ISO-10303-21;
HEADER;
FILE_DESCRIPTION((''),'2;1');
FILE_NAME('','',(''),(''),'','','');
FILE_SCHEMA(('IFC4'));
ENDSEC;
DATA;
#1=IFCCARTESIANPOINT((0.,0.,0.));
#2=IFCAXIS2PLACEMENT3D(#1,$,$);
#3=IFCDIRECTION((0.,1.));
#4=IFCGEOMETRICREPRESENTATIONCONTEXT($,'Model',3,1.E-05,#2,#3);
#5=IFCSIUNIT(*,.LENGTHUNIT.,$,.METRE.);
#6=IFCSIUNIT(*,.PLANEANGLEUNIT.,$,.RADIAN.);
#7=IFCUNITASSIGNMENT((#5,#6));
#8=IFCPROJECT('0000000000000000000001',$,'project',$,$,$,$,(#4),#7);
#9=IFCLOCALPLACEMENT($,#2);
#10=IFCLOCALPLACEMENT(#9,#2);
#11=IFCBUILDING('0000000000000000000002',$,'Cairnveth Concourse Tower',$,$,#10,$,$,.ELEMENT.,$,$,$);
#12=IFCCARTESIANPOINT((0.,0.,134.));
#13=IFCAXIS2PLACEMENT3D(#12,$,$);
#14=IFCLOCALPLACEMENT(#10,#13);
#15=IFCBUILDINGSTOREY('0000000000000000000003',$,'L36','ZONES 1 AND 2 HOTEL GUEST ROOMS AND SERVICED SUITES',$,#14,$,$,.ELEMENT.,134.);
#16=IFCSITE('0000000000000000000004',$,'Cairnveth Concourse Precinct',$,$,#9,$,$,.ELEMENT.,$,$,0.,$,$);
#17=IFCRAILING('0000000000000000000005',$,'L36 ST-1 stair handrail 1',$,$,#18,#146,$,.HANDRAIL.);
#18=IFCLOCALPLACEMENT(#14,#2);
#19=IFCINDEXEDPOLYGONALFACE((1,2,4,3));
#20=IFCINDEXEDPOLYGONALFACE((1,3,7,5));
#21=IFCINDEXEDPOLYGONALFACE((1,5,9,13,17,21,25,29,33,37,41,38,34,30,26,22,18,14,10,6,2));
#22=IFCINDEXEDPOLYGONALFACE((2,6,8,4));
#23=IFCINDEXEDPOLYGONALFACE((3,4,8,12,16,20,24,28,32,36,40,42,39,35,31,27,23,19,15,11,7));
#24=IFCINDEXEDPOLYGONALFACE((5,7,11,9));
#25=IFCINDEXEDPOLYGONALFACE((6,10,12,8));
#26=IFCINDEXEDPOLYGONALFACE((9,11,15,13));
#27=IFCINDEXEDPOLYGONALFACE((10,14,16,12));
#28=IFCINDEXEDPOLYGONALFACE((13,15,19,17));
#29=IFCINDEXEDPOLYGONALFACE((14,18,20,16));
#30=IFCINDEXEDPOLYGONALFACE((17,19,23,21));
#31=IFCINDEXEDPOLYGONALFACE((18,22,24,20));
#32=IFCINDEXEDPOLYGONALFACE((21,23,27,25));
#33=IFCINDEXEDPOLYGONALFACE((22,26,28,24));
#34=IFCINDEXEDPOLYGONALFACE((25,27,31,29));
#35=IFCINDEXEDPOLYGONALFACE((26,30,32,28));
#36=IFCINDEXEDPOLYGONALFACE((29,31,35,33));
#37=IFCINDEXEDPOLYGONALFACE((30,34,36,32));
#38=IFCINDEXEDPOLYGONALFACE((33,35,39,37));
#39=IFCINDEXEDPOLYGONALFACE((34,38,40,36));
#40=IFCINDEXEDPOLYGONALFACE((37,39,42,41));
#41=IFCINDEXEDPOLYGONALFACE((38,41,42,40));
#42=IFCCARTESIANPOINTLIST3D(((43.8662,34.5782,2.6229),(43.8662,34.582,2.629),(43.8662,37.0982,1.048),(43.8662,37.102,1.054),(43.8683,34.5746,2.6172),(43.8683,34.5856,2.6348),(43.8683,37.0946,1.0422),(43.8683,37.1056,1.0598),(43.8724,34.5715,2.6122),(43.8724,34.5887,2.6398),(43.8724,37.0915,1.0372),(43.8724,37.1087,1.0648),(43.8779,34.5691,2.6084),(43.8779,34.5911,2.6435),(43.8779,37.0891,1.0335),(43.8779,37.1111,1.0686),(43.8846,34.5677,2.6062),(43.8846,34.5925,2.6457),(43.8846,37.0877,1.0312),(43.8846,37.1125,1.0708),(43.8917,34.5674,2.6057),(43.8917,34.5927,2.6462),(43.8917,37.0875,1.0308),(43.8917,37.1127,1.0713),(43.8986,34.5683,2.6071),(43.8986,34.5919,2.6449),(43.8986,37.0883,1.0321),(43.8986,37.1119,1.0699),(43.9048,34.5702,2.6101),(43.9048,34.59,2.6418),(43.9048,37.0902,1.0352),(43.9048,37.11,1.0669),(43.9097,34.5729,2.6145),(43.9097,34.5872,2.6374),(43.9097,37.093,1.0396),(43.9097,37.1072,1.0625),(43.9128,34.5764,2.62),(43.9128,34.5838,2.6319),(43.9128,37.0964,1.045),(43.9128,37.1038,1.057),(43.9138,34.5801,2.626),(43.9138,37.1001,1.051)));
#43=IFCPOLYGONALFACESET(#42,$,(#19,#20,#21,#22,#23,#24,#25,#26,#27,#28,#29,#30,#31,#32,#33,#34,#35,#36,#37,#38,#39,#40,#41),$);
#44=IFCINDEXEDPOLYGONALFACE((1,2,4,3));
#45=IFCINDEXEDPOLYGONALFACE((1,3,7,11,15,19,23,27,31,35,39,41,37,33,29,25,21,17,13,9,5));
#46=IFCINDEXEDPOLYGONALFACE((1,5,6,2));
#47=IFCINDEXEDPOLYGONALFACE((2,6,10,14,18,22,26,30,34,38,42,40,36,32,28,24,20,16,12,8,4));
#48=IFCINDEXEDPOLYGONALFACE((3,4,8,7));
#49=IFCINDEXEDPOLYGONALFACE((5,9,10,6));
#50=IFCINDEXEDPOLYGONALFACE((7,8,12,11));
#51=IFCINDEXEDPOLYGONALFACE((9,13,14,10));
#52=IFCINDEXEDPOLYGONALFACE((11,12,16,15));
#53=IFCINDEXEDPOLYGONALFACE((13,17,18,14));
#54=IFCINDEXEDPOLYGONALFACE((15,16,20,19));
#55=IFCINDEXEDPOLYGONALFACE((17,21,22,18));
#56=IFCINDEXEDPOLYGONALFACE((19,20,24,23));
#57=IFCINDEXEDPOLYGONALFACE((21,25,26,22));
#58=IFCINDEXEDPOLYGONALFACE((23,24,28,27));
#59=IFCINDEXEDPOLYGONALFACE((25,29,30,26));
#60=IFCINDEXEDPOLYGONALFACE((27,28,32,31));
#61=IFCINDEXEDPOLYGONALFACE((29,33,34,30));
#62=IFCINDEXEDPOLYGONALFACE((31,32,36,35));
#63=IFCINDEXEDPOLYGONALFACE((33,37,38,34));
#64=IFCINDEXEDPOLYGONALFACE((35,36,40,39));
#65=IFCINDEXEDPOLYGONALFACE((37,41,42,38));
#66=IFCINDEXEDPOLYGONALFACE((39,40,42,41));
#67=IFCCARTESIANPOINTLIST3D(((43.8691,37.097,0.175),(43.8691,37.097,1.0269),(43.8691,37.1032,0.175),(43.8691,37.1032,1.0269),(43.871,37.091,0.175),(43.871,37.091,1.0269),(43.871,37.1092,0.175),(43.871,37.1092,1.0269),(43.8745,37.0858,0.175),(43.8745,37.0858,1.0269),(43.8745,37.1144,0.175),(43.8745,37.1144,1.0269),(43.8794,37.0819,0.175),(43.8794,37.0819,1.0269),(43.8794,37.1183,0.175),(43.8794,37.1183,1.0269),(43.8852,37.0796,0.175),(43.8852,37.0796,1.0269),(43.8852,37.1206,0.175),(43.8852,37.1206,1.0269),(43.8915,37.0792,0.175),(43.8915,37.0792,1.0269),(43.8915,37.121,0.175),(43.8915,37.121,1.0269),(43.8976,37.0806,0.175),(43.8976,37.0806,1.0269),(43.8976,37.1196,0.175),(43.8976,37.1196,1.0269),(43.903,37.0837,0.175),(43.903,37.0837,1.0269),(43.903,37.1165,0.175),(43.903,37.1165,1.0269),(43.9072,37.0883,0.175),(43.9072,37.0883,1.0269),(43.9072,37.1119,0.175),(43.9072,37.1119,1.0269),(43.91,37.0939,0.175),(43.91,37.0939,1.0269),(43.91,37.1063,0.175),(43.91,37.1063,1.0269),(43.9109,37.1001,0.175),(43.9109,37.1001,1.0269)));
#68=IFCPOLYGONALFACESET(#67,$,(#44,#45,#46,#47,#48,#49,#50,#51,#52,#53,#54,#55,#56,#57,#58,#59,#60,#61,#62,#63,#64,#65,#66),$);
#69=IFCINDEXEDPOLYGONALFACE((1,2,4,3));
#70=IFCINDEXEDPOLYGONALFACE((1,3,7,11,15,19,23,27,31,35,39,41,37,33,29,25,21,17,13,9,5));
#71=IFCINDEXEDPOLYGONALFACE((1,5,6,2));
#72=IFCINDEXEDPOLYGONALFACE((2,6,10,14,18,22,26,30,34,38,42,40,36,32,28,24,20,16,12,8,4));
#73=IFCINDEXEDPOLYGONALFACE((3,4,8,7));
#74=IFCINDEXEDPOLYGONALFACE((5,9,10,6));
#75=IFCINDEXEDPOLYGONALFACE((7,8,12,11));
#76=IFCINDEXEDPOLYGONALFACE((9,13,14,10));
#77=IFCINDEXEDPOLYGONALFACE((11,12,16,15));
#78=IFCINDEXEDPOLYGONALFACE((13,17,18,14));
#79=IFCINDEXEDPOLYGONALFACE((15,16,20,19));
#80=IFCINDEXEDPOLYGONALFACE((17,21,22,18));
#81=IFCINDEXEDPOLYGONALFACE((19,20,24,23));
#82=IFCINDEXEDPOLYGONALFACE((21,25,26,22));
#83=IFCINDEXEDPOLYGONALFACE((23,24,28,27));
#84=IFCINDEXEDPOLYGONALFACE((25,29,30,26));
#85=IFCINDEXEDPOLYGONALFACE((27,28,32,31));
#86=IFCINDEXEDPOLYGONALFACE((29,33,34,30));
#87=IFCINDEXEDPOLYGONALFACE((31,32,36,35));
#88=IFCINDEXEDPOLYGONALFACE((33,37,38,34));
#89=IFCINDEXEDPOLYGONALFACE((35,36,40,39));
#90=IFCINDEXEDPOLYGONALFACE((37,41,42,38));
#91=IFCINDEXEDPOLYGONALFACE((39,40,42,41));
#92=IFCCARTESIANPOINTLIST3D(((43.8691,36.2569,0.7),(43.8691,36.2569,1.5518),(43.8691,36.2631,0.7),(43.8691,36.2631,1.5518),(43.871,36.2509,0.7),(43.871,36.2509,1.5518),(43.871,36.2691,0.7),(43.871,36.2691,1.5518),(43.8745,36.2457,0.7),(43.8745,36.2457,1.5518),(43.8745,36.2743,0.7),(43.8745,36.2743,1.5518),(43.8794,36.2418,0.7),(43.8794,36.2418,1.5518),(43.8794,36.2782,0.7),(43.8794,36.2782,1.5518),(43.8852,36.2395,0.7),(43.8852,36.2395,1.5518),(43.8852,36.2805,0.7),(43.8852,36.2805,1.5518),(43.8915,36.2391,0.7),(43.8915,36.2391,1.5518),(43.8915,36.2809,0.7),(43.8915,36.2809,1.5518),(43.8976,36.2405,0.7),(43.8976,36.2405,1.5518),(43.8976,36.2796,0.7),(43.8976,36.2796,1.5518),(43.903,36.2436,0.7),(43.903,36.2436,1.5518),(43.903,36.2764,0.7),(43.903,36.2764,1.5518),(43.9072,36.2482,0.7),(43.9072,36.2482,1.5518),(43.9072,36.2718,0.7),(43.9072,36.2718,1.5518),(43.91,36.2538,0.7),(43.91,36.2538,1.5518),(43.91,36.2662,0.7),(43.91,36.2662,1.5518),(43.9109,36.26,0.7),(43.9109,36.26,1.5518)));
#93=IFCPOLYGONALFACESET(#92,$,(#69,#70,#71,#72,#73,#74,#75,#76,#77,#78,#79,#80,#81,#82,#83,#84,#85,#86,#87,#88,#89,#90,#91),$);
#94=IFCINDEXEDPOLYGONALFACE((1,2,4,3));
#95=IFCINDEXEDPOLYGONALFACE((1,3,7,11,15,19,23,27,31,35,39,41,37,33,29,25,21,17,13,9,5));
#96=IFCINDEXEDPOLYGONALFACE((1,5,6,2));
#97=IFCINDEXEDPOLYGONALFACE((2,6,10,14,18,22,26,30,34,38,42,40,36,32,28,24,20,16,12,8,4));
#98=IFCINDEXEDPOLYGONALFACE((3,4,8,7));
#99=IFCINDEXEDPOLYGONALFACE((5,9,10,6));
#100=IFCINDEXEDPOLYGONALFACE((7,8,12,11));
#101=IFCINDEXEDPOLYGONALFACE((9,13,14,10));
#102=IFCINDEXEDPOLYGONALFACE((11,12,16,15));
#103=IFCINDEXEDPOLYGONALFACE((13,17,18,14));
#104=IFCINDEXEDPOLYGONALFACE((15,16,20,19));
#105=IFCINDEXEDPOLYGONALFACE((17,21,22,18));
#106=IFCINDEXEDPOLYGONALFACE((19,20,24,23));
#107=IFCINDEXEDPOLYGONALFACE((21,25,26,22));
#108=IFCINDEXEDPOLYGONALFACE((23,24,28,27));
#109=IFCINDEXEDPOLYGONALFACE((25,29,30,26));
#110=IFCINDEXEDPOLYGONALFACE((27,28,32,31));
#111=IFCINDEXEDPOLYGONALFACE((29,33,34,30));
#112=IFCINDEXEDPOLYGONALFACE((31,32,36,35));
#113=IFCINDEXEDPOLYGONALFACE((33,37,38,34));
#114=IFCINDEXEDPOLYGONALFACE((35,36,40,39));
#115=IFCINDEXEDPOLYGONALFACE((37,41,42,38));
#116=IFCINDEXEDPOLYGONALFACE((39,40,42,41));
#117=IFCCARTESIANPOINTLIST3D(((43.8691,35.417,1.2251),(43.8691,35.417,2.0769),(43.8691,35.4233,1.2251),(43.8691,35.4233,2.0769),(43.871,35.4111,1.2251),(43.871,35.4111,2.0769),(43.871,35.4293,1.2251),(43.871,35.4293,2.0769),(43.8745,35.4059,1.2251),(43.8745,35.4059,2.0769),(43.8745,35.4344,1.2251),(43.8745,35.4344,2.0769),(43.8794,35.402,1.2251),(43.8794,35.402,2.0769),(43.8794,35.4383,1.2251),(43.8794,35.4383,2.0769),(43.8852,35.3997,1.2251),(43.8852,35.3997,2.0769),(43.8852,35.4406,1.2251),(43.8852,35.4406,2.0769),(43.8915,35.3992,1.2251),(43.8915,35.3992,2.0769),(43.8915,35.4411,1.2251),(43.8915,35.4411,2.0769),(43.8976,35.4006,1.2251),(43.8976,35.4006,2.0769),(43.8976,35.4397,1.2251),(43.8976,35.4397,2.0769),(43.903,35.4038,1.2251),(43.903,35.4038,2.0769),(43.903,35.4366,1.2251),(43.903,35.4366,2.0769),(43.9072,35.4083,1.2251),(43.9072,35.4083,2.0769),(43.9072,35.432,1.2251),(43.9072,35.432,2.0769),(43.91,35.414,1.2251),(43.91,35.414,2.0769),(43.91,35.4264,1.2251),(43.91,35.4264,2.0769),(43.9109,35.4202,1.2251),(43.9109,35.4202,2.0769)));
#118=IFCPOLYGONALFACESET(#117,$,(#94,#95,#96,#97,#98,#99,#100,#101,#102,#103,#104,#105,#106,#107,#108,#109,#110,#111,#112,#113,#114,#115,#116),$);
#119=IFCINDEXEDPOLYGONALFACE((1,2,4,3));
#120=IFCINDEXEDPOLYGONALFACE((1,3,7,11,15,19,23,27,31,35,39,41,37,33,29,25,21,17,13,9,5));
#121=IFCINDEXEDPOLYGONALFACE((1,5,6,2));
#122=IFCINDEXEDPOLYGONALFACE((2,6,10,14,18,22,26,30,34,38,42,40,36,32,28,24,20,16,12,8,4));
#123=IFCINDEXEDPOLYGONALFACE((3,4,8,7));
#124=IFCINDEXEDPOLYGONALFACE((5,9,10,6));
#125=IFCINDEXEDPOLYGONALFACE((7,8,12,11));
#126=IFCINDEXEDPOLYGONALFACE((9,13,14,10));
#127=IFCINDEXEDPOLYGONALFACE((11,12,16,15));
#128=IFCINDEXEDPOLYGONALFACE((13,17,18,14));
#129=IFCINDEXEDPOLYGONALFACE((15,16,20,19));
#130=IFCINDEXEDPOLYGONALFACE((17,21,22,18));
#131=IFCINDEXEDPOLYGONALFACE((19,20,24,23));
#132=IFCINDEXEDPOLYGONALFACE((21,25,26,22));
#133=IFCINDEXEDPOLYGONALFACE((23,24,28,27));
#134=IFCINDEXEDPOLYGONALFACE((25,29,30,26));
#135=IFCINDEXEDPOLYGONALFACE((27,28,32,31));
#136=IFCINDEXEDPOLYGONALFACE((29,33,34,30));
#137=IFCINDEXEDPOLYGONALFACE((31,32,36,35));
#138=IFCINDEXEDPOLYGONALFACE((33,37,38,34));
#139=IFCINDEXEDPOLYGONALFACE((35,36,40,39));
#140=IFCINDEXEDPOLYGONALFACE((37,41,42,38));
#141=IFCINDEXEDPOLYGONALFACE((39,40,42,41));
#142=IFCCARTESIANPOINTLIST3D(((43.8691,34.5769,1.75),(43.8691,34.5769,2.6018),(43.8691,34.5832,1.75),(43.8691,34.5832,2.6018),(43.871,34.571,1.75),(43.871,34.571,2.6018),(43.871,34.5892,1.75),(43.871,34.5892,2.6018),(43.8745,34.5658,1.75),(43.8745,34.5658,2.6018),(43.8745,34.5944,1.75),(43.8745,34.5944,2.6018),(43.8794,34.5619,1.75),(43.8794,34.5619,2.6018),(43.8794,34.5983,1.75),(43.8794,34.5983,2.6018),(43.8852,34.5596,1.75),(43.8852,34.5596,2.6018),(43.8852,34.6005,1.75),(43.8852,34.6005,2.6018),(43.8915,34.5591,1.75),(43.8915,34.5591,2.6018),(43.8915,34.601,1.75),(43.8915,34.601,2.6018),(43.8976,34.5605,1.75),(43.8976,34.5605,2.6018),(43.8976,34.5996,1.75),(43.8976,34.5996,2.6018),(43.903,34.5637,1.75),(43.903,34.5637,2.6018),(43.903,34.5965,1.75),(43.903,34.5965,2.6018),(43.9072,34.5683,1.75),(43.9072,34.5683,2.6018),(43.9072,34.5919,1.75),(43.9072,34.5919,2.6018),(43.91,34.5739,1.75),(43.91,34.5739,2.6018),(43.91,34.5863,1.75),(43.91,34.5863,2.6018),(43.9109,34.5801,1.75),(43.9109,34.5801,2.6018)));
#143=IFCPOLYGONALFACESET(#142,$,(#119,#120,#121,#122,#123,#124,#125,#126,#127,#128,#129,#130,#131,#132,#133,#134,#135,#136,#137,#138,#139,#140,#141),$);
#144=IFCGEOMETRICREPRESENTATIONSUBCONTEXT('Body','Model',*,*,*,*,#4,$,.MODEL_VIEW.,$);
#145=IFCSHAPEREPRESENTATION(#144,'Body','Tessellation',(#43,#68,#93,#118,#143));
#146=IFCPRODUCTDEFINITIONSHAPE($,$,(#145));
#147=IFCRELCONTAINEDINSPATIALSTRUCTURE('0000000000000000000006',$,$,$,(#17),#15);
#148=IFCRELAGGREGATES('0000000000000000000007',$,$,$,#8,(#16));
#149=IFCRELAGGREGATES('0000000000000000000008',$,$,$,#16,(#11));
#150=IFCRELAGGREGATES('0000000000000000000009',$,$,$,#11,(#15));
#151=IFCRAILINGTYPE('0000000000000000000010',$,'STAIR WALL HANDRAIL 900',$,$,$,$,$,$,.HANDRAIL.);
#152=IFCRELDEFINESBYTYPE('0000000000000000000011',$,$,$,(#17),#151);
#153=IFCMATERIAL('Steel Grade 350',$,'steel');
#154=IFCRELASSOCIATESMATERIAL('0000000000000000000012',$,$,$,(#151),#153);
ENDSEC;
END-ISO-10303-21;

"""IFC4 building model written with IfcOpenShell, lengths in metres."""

from ifc_helpers import new_model, si_unit, direction, frame, origin, origin_2d, place, context, subcontext, project, spatial, circle, extrude, material, type_object, element, save


model = new_model("IFC4")

# Units and contexts
model_context = context("Model", 3, precision=1e-05, world=origin(), true_north=direction((0.0, 1.0)))
body_context = subcontext(model_context, "Body", "Model", "MODEL_VIEW")
ifc_project = project(units=[si_unit("LENGTHUNIT", "METRE"), si_unit("PLANEANGLEUNIT", "RADIAN")], contexts=[model_context])

# Site, building, storey
site_placement = place(None, origin())
site = spatial("IfcSite", under=ifc_project, at=site_placement, Name="Cairnveth Concourse Precinct", CompositionType="ELEMENT", RefElevation=0.0)
building_placement = place(site_placement, origin())
building = spatial("IfcBuilding", under=site, at=building_placement, Name="Cairnveth Concourse Tower", CompositionType="ELEMENT")
storey_placement = place(building_placement, frame((0.0, 0.0, 134.0)))
storey = spatial("IfcBuildingStorey", under=building, at=storey_placement, Name="L36", Description="ZONES 1 AND 2 HOTEL GUEST ROOMS AND SERVICED SUITES", CompositionType="ELEMENT", Elevation=134.0)

# Shared definitions
ifc_material_1 = material(Name="Steel Grade 350", Category="steel")

# Railing
railing_type = type_object("IfcRailingType", Name="STAIR WALL HANDRAIL 900", PredefinedType="HANDRAIL", material=ifc_material_1)
railing_placement = place(storey_placement, frame((43.8899, 37.1001, 0.175)))
element("IfcRailing", 1, at=railing_placement, inside=storey, type_object=railing_type, Name="L36 ST-1 stair handrail 1", PredefinedType="HANDRAIL", context=body_context, shape_type="SweptSolid", body=[
    extrude(circle(Radius=0.0239, at=origin_2d()), frame((0.0, 0.0, 0.876), z_axis=(0.0, -0.848008, 0.529984), x_axis=(1.0, 0.0, 0.0)), (0.0, 0.0, 1.0), 2.9717),
    extrude(circle(Radius=0.021, at=origin_2d()), origin(), (0.0, 0.0, 1.0), 0.8518),
    extrude(circle(Radius=0.021, at=origin_2d()), frame((0.0, -0.8401, 0.5249)), (0.0, 0.0, 1.0), 0.8518),
    extrude(circle(Radius=0.021, at=origin_2d()), frame((0.0, -1.6799, 1.05)), (0.0, 0.0, 1.0), 0.8518),
    extrude(circle(Radius=0.021, at=origin_2d()), frame((0.0, -2.52, 1.575)), (0.0, 0.0, 1.0), 0.8518),
])

save(model, "model.ifc")
